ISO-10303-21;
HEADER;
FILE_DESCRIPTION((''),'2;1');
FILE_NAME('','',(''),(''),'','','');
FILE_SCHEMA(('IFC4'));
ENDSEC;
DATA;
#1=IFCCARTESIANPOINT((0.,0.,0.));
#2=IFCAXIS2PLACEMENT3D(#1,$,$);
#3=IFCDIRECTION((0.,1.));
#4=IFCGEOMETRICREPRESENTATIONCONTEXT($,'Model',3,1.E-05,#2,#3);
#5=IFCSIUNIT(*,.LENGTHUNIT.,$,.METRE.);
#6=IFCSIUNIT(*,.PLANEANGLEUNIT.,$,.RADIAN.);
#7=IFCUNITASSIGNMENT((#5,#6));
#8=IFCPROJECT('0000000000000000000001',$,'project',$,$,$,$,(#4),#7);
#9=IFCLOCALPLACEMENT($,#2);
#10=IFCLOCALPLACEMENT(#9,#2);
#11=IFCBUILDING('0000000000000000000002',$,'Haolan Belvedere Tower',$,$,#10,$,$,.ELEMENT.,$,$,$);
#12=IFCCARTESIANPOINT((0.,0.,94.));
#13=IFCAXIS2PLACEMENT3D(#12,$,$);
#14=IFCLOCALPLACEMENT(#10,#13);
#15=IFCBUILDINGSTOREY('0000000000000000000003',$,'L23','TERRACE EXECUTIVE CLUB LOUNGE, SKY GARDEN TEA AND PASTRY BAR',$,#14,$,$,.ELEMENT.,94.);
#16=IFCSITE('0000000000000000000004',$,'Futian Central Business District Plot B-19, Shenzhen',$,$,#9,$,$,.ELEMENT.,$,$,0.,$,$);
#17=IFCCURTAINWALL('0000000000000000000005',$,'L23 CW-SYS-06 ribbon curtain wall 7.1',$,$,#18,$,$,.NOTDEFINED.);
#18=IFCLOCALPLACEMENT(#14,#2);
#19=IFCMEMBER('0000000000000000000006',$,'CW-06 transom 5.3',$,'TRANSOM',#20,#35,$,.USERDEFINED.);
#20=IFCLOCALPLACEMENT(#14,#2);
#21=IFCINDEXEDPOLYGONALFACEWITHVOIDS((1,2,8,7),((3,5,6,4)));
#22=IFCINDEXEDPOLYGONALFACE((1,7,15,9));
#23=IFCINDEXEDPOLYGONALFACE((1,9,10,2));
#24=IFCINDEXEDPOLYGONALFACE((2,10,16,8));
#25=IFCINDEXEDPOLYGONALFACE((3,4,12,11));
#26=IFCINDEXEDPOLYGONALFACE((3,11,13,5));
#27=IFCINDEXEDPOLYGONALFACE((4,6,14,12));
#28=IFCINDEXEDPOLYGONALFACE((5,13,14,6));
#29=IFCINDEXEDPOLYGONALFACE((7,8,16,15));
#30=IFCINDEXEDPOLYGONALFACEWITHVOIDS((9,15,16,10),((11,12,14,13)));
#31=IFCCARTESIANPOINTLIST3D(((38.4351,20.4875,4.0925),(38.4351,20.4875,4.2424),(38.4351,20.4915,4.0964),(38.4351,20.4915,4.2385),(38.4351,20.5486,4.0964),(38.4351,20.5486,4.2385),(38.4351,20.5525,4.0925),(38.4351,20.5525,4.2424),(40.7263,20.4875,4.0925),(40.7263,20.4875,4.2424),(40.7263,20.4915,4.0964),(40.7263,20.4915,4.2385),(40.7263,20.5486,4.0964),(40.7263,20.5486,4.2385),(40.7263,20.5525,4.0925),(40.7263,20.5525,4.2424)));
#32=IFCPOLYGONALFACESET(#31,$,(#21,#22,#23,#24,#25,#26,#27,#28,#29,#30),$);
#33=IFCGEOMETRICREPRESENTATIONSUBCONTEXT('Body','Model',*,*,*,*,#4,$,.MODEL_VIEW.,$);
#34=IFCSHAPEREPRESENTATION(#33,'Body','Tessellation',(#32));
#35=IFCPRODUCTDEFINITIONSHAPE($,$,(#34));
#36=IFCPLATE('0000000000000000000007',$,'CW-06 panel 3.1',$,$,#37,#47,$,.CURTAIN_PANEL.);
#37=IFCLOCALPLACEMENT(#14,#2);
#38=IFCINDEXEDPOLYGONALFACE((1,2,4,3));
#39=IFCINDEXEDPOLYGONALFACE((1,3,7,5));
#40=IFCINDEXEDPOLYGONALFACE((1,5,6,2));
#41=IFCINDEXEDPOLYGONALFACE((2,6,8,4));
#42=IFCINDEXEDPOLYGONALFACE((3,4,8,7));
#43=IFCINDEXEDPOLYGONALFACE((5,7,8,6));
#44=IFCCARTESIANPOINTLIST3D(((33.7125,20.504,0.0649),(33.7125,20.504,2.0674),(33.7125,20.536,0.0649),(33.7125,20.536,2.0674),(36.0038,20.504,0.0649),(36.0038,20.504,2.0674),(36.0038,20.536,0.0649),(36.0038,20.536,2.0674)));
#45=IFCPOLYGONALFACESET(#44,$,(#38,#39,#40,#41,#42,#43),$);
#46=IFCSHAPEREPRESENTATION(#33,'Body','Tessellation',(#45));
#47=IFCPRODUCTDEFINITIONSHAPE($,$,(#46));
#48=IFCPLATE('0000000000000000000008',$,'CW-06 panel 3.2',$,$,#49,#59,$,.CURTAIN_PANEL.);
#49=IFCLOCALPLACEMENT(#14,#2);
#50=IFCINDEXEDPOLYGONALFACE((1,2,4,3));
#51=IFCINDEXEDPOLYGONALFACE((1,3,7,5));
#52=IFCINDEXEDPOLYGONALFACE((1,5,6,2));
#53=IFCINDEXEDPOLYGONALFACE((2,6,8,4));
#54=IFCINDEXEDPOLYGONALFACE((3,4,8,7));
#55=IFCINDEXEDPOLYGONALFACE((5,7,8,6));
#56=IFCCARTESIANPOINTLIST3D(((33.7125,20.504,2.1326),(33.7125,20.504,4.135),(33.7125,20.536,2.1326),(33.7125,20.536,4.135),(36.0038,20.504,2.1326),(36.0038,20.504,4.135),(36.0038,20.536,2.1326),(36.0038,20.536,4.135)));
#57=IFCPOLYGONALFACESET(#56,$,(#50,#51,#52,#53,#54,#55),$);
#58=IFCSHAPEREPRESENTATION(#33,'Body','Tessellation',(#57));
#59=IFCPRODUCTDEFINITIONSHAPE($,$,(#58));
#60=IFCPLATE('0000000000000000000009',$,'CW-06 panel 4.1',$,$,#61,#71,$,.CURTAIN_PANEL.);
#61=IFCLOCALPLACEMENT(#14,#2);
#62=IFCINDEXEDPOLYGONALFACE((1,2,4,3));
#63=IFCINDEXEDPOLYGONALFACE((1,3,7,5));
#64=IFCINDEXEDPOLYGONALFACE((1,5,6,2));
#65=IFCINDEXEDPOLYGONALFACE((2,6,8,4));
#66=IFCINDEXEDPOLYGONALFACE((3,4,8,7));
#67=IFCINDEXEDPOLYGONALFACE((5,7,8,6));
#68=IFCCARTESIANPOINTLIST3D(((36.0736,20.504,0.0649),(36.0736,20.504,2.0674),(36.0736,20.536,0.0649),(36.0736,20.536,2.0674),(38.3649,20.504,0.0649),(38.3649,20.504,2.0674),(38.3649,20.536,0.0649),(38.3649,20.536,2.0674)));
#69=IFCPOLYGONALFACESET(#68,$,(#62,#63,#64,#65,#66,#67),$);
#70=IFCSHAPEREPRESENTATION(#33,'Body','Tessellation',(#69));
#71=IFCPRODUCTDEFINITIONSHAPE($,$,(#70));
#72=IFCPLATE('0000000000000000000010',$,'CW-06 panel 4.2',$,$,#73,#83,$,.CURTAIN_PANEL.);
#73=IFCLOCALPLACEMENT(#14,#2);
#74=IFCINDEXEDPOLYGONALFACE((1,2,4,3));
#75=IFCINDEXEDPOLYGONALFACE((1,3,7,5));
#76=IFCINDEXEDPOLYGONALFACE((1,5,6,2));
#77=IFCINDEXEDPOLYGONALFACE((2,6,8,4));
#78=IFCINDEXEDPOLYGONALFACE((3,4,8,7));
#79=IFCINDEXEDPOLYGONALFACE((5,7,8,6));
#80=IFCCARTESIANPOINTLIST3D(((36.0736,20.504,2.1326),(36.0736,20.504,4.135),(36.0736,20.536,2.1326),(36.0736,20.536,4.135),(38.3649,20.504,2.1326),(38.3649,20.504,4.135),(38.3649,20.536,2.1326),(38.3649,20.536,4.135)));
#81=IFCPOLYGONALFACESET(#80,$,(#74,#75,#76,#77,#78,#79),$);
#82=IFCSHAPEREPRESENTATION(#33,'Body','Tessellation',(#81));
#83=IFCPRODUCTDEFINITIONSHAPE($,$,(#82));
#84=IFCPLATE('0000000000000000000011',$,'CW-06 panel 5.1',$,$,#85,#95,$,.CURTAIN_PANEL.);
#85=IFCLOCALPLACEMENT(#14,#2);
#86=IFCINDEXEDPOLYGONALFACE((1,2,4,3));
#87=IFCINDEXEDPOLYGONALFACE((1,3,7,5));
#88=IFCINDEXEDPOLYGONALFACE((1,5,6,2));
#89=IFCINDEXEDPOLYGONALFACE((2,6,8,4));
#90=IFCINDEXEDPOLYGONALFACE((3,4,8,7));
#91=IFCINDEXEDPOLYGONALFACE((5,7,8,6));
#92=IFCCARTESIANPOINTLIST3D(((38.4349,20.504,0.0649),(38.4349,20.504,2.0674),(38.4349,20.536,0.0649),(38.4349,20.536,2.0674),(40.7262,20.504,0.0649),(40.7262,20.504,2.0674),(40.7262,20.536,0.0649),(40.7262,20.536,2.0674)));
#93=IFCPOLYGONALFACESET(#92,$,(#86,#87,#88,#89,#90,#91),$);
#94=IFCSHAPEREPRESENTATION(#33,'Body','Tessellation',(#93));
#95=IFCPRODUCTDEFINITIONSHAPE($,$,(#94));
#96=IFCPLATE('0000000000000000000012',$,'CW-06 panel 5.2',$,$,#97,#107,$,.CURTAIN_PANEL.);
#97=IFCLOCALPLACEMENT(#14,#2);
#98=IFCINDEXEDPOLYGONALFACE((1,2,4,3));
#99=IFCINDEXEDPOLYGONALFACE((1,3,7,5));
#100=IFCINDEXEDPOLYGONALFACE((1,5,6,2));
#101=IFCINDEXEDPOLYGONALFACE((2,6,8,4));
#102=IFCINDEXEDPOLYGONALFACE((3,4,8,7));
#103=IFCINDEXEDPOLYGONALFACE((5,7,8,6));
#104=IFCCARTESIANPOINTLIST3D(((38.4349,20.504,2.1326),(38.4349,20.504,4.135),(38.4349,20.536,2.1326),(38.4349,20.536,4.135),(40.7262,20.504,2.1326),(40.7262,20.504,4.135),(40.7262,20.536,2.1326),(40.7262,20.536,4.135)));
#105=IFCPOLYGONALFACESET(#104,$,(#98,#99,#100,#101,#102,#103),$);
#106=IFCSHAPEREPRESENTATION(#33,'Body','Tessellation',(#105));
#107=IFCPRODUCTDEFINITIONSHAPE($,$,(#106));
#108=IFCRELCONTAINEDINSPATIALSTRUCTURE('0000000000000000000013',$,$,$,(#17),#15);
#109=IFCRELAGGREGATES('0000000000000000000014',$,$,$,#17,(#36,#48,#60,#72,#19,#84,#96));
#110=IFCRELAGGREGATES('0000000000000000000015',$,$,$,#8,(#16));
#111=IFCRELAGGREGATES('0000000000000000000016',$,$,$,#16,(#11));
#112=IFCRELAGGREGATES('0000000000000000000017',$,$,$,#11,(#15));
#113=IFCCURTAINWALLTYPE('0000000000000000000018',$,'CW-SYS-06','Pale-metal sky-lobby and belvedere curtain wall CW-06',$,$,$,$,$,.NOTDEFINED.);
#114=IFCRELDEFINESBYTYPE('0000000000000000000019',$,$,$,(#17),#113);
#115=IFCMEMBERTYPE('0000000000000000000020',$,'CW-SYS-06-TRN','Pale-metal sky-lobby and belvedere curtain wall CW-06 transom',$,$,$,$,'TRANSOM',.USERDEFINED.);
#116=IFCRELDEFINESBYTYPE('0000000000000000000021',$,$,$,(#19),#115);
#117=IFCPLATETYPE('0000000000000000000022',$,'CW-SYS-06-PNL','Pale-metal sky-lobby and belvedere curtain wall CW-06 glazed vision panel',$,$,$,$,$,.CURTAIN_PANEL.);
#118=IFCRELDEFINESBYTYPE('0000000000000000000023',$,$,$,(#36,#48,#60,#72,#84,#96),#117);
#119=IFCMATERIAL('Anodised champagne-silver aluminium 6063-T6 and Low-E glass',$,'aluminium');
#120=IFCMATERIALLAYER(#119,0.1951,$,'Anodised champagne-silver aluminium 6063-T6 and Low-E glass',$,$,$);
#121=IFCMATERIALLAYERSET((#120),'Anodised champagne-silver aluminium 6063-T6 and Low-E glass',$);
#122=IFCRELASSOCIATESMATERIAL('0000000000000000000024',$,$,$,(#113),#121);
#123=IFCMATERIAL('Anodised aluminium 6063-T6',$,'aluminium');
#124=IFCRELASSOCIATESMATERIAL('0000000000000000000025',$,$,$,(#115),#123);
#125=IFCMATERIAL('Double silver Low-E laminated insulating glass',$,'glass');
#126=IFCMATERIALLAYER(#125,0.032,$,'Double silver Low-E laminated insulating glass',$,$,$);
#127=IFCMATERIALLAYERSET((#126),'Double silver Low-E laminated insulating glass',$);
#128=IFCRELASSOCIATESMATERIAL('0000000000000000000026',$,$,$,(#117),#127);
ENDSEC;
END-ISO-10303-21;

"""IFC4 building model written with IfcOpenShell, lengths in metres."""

from ifc_helpers import new_model, si_unit, direction, frame, origin, origin_2d, place, context, subcontext, project, spatial, rectangle, hollow_rectangle, extrude, material, layer, layer_set, material_profile, profile_set, type_object, element, aggregate, save


model = new_model("IFC4")

# Units and contexts
model_context = context("Model", 3, precision=1e-05, world=origin(), true_north=direction((0.0, 1.0)))
body_context = subcontext(model_context, "Body", "Model", "MODEL_VIEW")
ifc_project = project(units=[si_unit("LENGTHUNIT", "METRE"), si_unit("PLANEANGLEUNIT", "RADIAN")], contexts=[model_context])

# Site, building, storey
site_placement = place(None, origin())
site = spatial("IfcSite", under=ifc_project, at=site_placement, Name="Futian Central Business District Plot B-19, Shenzhen", CompositionType="ELEMENT", RefElevation=0.0)
building_placement = place(site_placement, origin())
building = spatial("IfcBuilding", under=site, at=building_placement, Name="Haolan Belvedere Tower", CompositionType="ELEMENT")
storey_placement = place(building_placement, frame((0.0, 0.0, 94.0)))
storey = spatial("IfcBuildingStorey", under=building, at=storey_placement, Name="L23", Description="TERRACE EXECUTIVE CLUB LOUNGE, SKY GARDEN TEA AND PASTRY BAR", CompositionType="ELEMENT", Elevation=94.0)

# Curtain wall, member, plates
ifc_material_1 = material(Name="Anodised champagne-silver aluminium 6063-T6 and Low-E glass", Category="aluminium")
ifc_layer_1 = layer(ifc_material_1, 0.1951, Name="Anodised champagne-silver aluminium 6063-T6 and Low-E glass")
ifc_layer_set_1 = layer_set([ifc_layer_1], Name="Anodised champagne-silver aluminium 6063-T6 and Low-E glass")
curtain_wall_type = type_object("IfcCurtainWallType", Name="CW-SYS-06", Description="Pale-metal sky-lobby and belvedere curtain wall CW-06", PredefinedType="NOTDEFINED", material=ifc_layer_set_1)
curtain_wall_placement = place(storey_placement, origin())
curtain_wall = element("IfcCurtainWall", 1, at=curtain_wall_placement, inside=storey, type_object=curtain_wall_type, Name="L23 CW-SYS-06 ribbon curtain wall 7.1", PredefinedType="NOTDEFINED")
ifc_material_2 = material(Name="Anodised aluminium 6063-T6", Category="aluminium")
ifc_material_profile_1 = material_profile(ifc_material_2, hollow_rectangle(XDim=0.0649, YDim=0.1499, WallThickness=0.0039, at=origin_2d()), Name="Anodised aluminium 6063-T6")
ifc_profile_set_1 = profile_set([ifc_material_profile_1], Name="Anodised aluminium 6063-T6")
member_type_1 = type_object("IfcMemberType", Name="CW-SYS-06-TRN", Description="Pale-metal sky-lobby and belvedere curtain wall CW-06 transom", ElementType="TRANSOM", PredefinedType="USERDEFINED", material=ifc_profile_set_1)
member_1_placement = place(storey_placement, frame((38.4351, 20.52, 4.1675), z_axis=(1.0, 0.0, 0.0), x_axis=(0.0, 1.0, 0.0)))
member_1 = element("IfcMember", 2, at=member_1_placement, type_object=member_type_1, Name="CW-06 transom 5.3", ObjectType="TRANSOM", PredefinedType="USERDEFINED", context=body_context, shape_type="SweptSolid", body=[
    extrude(hollow_rectangle(XDim=0.0649, YDim=0.1499, WallThickness=0.0039, at=origin_2d()), origin(), (0.0, 0.0, 1.0), 2.2913),
])
ifc_material_3 = material(Name="Double silver Low-E laminated insulating glass", Category="glass")
ifc_layer_2 = layer(ifc_material_3, 0.032, Name="Double silver Low-E laminated insulating glass")
ifc_layer_set_2 = layer_set([ifc_layer_2], Name="Double silver Low-E laminated insulating glass")
plate_type = type_object("IfcPlateType", Name="CW-SYS-06-PNL", Description="Pale-metal sky-lobby and belvedere curtain wall CW-06 glazed vision panel", PredefinedType="CURTAIN_PANEL", material=ifc_layer_set_2)
plate_1_placement = place(storey_placement, frame((34.8582, 20.52, 0.0649), z_axis=(0.0, 0.0, 1.0), x_axis=(1.0, 0.0, 0.0)))
plate_1 = element("IfcPlate", 3, at=plate_1_placement, type_object=plate_type, Name="CW-06 panel 3.1", PredefinedType="CURTAIN_PANEL", context=body_context, shape_type="SweptSolid", body=[
    extrude(rectangle(XDim=2.2913, YDim=0.032, at=origin_2d()), origin(), (0.0, 0.0, 1.0), 2.0024),
])
plate_2_placement = place(storey_placement, frame((34.8582, 20.52, 2.1326), z_axis=(0.0, 0.0, 1.0), x_axis=(1.0, 0.0, 0.0)))
plate_2 = element("IfcPlate", 4, at=plate_2_placement, type_object=plate_type, Name="CW-06 panel 3.2", PredefinedType="CURTAIN_PANEL", context=body_context, shape_type="SweptSolid", body=[
    extrude(rectangle(XDim=2.2913, YDim=0.032, at=origin_2d()), origin(), (0.0, 0.0, 1.0), 2.0024),
])
plate_3_placement = place(storey_placement, frame((37.2192, 20.52, 0.0649), z_axis=(0.0, 0.0, 1.0), x_axis=(1.0, 0.0, 0.0)))
plate_3 = element("IfcPlate", 5, at=plate_3_placement, type_object=plate_type, Name="CW-06 panel 4.1", PredefinedType="CURTAIN_PANEL", context=body_context, shape_type="SweptSolid", body=[
    extrude(rectangle(XDim=2.2913, YDim=0.032, at=origin_2d()), origin(), (0.0, 0.0, 1.0), 2.0024),
])
plate_4_placement = place(storey_placement, frame((37.2192, 20.52, 2.1326), z_axis=(0.0, 0.0, 1.0), x_axis=(1.0, 0.0, 0.0)))
plate_4 = element("IfcPlate", 6, at=plate_4_placement, type_object=plate_type, Name="CW-06 panel 4.2", PredefinedType="CURTAIN_PANEL", context=body_context, shape_type="SweptSolid", body=[
    extrude(rectangle(XDim=2.2913, YDim=0.032, at=origin_2d()), origin(), (0.0, 0.0, 1.0), 2.0024),
])
plate_5_placement = place(storey_placement, frame((39.5806, 20.52, 0.0649), z_axis=(0.0, 0.0, 1.0), x_axis=(1.0, 0.0, 0.0)))
plate_5 = element("IfcPlate", 7, at=plate_5_placement, type_object=plate_type, Name="CW-06 panel 5.1", PredefinedType="CURTAIN_PANEL", context=body_context, shape_type="SweptSolid", body=[
    extrude(rectangle(XDim=2.2913, YDim=0.032, at=origin_2d()), origin(), (0.0, 0.0, 1.0), 2.0024),
])
plate_6_placement = place(storey_placement, frame((39.5806, 20.52, 2.1326), z_axis=(0.0, 0.0, 1.0), x_axis=(1.0, 0.0, 0.0)))
plate_6 = element("IfcPlate", 8, at=plate_6_placement, type_object=plate_type, Name="CW-06 panel 5.2", PredefinedType="CURTAIN_PANEL", context=body_context, shape_type="SweptSolid", body=[
    extrude(rectangle(XDim=2.2913, YDim=0.032, at=origin_2d()), origin(), (0.0, 0.0, 1.0), 2.0024),
])
aggregate(curtain_wall, [plate_1, plate_2, plate_3, plate_4, member_1, plate_5, plate_6])

save(model, "model.ifc")
